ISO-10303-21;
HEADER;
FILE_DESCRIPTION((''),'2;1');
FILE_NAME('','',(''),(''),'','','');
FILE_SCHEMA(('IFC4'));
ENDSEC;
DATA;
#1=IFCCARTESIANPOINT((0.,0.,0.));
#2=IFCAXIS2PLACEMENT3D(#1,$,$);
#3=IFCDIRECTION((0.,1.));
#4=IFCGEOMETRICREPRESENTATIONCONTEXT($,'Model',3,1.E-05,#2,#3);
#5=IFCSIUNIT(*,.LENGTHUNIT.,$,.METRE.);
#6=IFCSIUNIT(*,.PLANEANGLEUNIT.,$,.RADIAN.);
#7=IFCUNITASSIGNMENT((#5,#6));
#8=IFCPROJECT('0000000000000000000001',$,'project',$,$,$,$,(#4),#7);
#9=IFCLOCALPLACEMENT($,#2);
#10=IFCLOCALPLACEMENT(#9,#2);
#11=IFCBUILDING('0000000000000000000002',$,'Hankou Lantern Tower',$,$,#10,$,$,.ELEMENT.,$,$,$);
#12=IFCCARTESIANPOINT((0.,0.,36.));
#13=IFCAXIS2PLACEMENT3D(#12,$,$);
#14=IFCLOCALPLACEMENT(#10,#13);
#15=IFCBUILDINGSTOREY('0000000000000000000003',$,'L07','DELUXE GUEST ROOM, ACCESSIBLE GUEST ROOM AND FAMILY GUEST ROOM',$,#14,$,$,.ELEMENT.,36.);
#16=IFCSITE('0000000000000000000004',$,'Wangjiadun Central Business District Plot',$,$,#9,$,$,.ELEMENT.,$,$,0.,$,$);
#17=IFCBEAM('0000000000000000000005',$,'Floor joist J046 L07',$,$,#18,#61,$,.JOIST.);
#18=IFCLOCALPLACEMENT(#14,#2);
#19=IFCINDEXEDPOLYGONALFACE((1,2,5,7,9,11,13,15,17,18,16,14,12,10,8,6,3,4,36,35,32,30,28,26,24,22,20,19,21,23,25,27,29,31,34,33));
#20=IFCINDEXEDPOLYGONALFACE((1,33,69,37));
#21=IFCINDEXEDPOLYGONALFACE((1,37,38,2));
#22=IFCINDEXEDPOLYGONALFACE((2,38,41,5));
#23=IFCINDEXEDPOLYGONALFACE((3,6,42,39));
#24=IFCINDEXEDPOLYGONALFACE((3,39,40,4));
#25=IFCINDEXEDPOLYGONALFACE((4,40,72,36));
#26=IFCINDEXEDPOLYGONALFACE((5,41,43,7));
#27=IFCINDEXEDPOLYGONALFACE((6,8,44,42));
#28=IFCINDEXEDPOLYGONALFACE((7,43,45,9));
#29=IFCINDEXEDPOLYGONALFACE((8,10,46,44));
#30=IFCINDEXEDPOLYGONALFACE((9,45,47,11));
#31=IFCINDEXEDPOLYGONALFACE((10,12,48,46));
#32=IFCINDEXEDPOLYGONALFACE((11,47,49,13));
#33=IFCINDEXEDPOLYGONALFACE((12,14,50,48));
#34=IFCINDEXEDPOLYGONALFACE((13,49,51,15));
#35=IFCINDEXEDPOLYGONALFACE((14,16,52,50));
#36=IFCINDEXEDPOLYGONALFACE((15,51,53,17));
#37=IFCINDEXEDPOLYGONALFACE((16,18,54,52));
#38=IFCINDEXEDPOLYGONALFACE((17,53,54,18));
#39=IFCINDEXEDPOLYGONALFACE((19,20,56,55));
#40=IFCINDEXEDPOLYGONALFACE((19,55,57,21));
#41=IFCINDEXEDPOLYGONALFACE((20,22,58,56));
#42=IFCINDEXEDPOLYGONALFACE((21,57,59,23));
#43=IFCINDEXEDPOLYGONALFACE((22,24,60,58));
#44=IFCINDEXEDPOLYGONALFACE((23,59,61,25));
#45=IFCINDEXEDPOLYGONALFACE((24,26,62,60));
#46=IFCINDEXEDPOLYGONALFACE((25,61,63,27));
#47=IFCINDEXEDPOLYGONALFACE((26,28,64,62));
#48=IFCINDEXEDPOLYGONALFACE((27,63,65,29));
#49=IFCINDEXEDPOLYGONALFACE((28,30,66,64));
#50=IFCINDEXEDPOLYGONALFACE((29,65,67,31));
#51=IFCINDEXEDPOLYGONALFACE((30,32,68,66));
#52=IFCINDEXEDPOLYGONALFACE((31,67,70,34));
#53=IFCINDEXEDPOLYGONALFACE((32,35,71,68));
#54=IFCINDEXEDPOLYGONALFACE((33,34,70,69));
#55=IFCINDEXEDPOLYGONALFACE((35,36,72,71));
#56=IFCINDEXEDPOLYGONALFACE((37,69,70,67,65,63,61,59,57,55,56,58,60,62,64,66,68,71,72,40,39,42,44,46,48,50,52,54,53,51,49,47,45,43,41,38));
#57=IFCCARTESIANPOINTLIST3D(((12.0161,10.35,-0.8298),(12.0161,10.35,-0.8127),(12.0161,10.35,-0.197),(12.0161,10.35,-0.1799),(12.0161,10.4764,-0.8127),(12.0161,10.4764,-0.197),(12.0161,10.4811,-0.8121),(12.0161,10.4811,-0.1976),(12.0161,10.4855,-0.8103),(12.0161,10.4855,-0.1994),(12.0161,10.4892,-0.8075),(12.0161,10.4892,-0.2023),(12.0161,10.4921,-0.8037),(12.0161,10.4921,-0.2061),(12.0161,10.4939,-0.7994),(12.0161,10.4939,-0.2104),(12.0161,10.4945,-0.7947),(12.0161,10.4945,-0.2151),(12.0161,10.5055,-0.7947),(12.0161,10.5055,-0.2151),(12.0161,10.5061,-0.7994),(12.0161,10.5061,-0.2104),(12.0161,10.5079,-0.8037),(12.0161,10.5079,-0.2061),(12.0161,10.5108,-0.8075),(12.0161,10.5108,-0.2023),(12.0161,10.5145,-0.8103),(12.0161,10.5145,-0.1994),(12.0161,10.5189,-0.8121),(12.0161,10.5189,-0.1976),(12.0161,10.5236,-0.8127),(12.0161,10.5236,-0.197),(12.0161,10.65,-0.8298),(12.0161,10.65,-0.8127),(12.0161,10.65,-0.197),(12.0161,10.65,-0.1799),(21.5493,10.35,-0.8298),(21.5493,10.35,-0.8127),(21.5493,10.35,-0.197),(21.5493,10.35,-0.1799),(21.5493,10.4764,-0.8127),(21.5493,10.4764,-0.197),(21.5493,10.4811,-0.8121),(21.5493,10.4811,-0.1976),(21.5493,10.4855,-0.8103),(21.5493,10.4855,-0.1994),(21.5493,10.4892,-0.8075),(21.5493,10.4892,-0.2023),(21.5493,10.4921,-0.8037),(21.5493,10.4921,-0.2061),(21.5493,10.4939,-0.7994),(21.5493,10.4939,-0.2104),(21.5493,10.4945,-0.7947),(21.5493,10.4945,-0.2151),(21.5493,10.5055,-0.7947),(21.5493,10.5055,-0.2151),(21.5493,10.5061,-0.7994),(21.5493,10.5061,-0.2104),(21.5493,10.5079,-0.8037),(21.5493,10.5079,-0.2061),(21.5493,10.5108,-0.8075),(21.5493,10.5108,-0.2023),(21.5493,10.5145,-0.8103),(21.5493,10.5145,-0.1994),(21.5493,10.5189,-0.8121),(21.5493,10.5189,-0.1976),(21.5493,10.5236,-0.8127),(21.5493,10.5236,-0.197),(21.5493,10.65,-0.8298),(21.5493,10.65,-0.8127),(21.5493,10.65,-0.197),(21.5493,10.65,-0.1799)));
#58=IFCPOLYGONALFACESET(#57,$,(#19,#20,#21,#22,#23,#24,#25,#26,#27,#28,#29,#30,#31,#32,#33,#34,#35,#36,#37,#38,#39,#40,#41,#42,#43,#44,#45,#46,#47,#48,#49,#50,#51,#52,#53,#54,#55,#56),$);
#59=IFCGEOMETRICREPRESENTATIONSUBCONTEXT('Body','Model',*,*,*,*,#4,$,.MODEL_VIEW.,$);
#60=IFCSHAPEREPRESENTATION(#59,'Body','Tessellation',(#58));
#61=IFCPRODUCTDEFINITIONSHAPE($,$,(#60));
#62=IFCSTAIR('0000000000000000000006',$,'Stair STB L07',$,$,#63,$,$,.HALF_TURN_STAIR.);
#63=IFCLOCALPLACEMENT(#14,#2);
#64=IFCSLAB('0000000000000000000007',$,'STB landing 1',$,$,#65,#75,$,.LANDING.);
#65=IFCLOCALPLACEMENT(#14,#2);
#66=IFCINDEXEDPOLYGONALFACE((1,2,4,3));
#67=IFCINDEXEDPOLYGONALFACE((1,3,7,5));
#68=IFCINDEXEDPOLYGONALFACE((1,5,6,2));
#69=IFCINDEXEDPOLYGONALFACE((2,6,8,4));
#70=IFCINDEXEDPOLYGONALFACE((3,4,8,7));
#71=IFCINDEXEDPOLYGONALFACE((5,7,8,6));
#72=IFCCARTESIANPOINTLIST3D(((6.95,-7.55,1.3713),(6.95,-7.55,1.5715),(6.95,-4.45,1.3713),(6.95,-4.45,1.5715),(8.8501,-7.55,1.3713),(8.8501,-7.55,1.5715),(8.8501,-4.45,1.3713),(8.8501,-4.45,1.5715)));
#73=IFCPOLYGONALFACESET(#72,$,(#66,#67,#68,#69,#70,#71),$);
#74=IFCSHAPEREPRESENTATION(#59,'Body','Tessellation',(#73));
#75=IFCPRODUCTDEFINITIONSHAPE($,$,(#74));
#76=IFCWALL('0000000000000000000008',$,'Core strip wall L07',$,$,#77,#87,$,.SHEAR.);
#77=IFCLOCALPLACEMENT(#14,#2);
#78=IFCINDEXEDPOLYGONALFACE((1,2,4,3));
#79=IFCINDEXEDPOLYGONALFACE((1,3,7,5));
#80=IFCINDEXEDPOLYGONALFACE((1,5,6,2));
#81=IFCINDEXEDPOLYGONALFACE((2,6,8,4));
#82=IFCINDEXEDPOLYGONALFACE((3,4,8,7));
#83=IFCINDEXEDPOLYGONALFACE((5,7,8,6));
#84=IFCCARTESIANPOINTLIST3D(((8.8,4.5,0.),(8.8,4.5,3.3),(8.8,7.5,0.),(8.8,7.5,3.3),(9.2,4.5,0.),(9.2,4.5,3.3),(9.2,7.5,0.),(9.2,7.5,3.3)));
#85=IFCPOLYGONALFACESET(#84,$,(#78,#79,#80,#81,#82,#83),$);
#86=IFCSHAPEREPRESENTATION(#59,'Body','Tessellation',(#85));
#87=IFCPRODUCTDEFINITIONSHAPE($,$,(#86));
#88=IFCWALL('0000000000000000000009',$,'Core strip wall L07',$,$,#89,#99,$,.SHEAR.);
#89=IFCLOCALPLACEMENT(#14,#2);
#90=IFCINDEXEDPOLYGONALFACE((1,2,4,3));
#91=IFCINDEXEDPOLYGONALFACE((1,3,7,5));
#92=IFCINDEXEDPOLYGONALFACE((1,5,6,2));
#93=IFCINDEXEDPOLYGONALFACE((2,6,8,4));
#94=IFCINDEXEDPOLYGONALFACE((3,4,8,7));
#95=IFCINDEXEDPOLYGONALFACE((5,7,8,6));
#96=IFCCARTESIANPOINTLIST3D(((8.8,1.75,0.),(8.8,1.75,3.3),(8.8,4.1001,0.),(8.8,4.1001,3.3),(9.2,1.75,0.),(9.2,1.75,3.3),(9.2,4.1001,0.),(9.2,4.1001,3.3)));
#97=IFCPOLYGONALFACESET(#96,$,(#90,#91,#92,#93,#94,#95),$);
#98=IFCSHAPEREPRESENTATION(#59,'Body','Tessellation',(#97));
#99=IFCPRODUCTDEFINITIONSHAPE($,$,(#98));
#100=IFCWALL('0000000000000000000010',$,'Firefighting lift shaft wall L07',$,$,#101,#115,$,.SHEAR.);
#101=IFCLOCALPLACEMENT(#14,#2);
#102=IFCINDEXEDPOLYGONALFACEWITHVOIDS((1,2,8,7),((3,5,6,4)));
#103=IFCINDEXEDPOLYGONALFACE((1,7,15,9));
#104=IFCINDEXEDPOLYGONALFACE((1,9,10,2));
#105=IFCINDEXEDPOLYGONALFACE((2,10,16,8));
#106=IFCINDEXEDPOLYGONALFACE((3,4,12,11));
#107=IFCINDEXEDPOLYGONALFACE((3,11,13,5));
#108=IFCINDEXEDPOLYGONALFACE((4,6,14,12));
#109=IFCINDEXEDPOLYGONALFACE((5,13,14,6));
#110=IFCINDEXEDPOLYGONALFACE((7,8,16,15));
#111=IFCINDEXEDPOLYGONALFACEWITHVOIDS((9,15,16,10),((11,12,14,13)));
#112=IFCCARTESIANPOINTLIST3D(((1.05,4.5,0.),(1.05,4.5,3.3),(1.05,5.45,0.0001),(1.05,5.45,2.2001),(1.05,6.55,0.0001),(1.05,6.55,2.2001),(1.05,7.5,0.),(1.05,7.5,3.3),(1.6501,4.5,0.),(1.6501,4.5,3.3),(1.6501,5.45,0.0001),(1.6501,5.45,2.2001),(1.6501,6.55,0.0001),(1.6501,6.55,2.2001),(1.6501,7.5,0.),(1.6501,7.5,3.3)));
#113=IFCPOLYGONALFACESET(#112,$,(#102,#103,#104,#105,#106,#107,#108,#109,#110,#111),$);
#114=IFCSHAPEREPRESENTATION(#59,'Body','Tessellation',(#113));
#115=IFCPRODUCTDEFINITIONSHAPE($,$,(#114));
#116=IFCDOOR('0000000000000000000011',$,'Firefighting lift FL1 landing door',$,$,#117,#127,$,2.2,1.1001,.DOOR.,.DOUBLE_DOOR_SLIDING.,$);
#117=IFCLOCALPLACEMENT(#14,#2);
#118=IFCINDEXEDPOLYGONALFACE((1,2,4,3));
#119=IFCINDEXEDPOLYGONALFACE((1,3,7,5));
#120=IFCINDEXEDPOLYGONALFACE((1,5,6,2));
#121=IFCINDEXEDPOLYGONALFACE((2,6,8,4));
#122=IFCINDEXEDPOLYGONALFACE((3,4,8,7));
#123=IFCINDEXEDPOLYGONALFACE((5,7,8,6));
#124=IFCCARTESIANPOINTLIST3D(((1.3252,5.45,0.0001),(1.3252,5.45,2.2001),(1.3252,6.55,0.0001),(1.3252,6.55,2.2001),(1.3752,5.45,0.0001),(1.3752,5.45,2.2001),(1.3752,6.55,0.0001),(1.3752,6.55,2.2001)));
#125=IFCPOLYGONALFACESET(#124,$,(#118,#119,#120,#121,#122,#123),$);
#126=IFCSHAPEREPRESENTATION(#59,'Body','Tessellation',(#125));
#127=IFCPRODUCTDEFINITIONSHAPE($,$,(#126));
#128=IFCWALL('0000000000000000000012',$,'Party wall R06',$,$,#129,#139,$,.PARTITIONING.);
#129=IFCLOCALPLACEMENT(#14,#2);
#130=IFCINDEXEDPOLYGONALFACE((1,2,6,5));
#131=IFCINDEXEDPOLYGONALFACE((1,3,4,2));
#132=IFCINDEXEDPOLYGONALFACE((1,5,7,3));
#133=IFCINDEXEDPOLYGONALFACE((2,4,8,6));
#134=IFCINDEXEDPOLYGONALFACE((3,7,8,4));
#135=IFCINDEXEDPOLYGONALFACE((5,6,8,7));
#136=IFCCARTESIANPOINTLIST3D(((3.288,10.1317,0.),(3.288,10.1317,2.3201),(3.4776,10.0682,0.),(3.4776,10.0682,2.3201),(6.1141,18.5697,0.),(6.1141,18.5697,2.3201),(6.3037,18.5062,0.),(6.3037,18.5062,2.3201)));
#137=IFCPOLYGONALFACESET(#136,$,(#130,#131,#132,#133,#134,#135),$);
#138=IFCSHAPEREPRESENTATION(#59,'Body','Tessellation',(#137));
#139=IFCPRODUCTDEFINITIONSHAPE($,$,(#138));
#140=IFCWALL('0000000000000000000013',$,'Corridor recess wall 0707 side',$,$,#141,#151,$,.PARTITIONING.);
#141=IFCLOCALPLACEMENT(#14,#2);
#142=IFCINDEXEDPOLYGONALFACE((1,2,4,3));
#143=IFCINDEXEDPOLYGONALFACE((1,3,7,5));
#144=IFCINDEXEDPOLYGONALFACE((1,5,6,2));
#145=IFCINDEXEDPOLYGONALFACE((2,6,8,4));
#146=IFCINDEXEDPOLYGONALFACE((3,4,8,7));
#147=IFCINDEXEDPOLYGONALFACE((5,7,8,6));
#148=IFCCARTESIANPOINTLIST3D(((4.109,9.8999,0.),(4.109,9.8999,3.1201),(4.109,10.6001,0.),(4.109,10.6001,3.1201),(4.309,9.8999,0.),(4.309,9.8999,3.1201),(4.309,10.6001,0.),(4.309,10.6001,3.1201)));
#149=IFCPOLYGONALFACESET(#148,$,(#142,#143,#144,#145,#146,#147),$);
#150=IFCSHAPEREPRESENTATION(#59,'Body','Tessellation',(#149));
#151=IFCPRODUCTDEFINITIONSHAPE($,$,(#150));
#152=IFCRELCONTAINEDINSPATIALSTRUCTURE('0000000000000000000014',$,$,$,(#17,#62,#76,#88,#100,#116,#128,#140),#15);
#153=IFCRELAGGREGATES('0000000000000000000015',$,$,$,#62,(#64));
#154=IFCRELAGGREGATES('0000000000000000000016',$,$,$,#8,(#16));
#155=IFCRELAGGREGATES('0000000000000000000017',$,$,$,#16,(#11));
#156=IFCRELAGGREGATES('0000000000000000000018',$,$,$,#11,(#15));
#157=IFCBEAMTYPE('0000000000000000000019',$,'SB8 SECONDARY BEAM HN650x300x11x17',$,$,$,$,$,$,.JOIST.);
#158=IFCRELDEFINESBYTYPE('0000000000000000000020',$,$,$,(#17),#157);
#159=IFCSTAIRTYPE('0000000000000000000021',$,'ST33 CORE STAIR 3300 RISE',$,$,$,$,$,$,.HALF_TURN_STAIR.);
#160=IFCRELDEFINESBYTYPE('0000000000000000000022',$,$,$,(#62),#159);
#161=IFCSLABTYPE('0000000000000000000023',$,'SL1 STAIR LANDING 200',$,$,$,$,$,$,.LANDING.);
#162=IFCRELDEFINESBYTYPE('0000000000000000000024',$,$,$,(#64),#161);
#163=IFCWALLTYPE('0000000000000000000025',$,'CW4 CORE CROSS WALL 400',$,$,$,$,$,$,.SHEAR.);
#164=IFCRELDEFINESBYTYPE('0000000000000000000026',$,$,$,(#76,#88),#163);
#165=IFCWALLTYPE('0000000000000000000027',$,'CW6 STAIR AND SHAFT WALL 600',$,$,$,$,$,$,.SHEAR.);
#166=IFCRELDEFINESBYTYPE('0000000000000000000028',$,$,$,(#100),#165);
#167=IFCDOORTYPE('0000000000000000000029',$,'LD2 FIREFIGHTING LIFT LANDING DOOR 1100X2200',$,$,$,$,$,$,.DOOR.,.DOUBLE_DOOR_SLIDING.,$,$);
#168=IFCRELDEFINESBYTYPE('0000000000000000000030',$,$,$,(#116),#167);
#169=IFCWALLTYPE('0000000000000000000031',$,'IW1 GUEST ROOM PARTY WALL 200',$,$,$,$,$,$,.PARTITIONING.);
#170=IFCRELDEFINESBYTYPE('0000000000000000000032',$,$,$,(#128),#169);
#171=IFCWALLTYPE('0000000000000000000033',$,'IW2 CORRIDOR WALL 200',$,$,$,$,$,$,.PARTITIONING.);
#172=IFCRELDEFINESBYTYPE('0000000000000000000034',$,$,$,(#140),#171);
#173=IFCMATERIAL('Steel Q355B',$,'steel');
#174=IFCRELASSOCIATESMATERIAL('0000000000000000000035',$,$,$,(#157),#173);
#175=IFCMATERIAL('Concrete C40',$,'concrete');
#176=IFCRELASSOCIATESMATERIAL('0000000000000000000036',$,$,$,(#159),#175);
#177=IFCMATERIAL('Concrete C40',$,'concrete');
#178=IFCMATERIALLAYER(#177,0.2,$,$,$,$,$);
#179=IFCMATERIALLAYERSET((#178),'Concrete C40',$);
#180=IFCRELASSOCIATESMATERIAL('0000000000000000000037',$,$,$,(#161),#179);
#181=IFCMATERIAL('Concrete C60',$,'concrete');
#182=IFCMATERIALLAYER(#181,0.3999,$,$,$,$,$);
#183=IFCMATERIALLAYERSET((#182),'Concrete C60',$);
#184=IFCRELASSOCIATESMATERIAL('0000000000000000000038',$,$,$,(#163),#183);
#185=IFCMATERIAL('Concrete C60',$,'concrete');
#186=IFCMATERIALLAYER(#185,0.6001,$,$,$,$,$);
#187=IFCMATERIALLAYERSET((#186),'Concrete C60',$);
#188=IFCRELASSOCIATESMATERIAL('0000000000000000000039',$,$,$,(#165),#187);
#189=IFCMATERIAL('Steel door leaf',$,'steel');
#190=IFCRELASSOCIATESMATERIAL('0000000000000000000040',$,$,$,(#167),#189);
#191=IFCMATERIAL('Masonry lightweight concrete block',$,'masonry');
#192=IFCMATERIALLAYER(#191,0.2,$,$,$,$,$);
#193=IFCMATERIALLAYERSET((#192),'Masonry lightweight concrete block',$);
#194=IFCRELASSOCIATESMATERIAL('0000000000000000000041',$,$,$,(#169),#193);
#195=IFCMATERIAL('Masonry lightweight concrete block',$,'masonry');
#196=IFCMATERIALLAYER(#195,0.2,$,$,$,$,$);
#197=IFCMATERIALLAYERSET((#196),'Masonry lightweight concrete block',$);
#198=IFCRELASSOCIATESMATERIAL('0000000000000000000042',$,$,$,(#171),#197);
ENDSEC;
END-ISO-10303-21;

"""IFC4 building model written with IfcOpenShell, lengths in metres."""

from ifc_helpers import new_model, si_unit, direction, frame, frame_2d, origin, origin_2d, place, context, subcontext, project, spatial, polyline, rectangle, i_section, outline, extrude, material, layer, layer_set, material_profile, profile_set, type_object, element, fill, aggregate, save


model = new_model("IFC4")

# Units and contexts
model_context = context("Model", 3, precision=1e-05, world=origin(), true_north=direction((0.0, 1.0)))
body_context = subcontext(model_context, "Body", "Model", "MODEL_VIEW")
ifc_project = project(units=[si_unit("LENGTHUNIT", "METRE"), si_unit("PLANEANGLEUNIT", "RADIAN")], contexts=[model_context])

# Site, building, storey
site_placement = place(None, origin())
site = spatial("IfcSite", under=ifc_project, at=site_placement, Name="Wangjiadun Central Business District Plot", CompositionType="ELEMENT", RefElevation=0.0)
building_placement = place(site_placement, origin())
building = spatial("IfcBuilding", under=site, at=building_placement, Name="Hankou Lantern Tower", CompositionType="ELEMENT")
storey_placement = place(building_placement, frame((0.0, 0.0, 36.0)))
storey = spatial("IfcBuildingStorey", under=building, at=storey_placement, Name="L07", Description="DELUXE GUEST ROOM, ACCESSIBLE GUEST ROOM AND FAMILY GUEST ROOM", CompositionType="ELEMENT", Elevation=36.0)

# Beam
ifc_material_1 = material(Name="Steel Q355B", Category="steel")
ifc_material_profile_1 = material_profile(ifc_material_1, i_section(OverallWidth=0.3, OverallDepth=0.6499, WebThickness=0.011, FlangeThickness=0.0171, FilletRadius=0.0181, at=origin_2d()), Name="HN650x300x11x17")
ifc_profile_set_1 = profile_set([ifc_material_profile_1], Name="Steel Q355B")
beam_type_1 = type_object("IfcBeamType", Name="SB8 SECONDARY BEAM HN650x300x11x17", PredefinedType="JOIST", material=ifc_profile_set_1)
beam_1_placement = place(storey_placement, frame((12.0161, 10.5, -0.5049), z_axis=(1.0, 0.0, 0.0), x_axis=(0.0, 1.0, 0.0)))
element("IfcBeam", 1, at=beam_1_placement, inside=storey, type_object=beam_type_1, Name="Floor joist J046 L07", PredefinedType="JOIST", context=body_context, shape_type="SweptSolid", body=[
    extrude(i_section(OverallWidth=0.3, OverallDepth=0.6499, WebThickness=0.011, FlangeThickness=0.0171, FilletRadius=0.0181, at=origin_2d()), origin(), (0.0, 0.0, 1.0), 9.5332),
])

# Stair, slab
ifc_material_2 = material(Name="Concrete C40", Category="concrete")
stair_type = type_object("IfcStairType", Name="ST33 CORE STAIR 3300 RISE", PredefinedType="HALF_TURN_STAIR", material=ifc_material_2)
stair_placement = place(storey_placement, origin())
stair = element("IfcStair", 2, at=stair_placement, inside=storey, type_object=stair_type, Name="Stair STB L07", PredefinedType="HALF_TURN_STAIR")
ifc_material_3 = material(Name="Concrete C40", Category="concrete")
ifc_layer_1 = layer(ifc_material_3, 0.2)
ifc_layer_set_1 = layer_set([ifc_layer_1], Name="Concrete C40")
slab_type = type_object("IfcSlabType", Name="SL1 STAIR LANDING 200", PredefinedType="LANDING", material=ifc_layer_set_1)
slab_placement = place(storey_placement, frame((0.0, 0.0, 1.3713)))
slab = element("IfcSlab", 3, at=slab_placement, type_object=slab_type, Name="STB landing 1", PredefinedType="LANDING", context=body_context, shape_type="SweptSolid", body=[
    extrude(outline(polyline([(8.8501, -4.45), (6.95, -4.45), (6.95, -7.55), (8.8501, -7.55), (8.8501, -4.45)])), origin(), (0.0, 0.0, 1.0), 0.2002),
])
aggregate(stair, [slab])

# Walls
ifc_material_4 = material(Name="Concrete C60", Category="concrete")
ifc_layer_2 = layer(ifc_material_4, 0.3999)
ifc_layer_set_2 = layer_set([ifc_layer_2], Name="Concrete C60")
wall_type_1 = type_object("IfcWallType", Name="CW4 CORE CROSS WALL 400", PredefinedType="SHEAR", material=ifc_layer_set_2)
wall_1_placement = place(storey_placement, frame((9.0, 4.5, 0.0), z_axis=(0.0, 0.0, 1.0), x_axis=(0.0, 1.0, 0.0)))
element("IfcWall", 4, at=wall_1_placement, inside=storey, type_object=wall_type_1, Name="Core strip wall L07", PredefinedType="SHEAR", context=body_context, shape_type="SweptSolid", body=[
    extrude(rectangle(XDim=3.0, YDim=0.3999, at=frame_2d((1.5, 0.0))), origin(), (0.0, 0.0, 1.0), 3.3),
])
wall_2_placement = place(storey_placement, frame((9.0, 1.75, 0.0), z_axis=(0.0, 0.0, 1.0), x_axis=(0.0, 1.0, 0.0)))
element("IfcWall", 5, at=wall_2_placement, inside=storey, type_object=wall_type_1, Name="Core strip wall L07", PredefinedType="SHEAR", context=body_context, shape_type="SweptSolid", body=[
    extrude(rectangle(XDim=2.3501, YDim=0.3999, at=frame_2d((1.175, 0.0))), origin(), (0.0, 0.0, 1.0), 3.3),
])

# Wall, opening, door
ifc_material_5 = material(Name="Concrete C60", Category="concrete")
ifc_layer_3 = layer(ifc_material_5, 0.6001)
ifc_layer_set_3 = layer_set([ifc_layer_3], Name="Concrete C60")
wall_type_2 = type_object("IfcWallType", Name="CW6 STAIR AND SHAFT WALL 600", PredefinedType="SHEAR", material=ifc_layer_set_3)
wall_3_placement = place(storey_placement, frame((1.3501, 4.5, 0.0), z_axis=(0.0, 0.0, 1.0), x_axis=(0.0, 1.0, 0.0)))
wall_3 = element("IfcWall", 6, at=wall_3_placement, inside=storey, type_object=wall_type_2, Name="Firefighting lift shaft wall L07", PredefinedType="SHEAR", context=body_context, shape_type="SweptSolid", body=[
    extrude(rectangle(XDim=3.0, YDim=0.6001, at=frame_2d((1.5, 0.0))), origin(), (0.0, 0.0, 1.0), 3.3),
])
opening_1_placement = place(wall_3_placement, frame((0.95, 0.0, 0.0)))
opening_1 = element("IfcOpeningElement", 7, at=opening_1_placement, cuts=wall_3, PredefinedType="OPENING", context=body_context, shape_type="SweptSolid", body=[
    extrude(rectangle(XDim=1.1001, YDim=2.2, at=frame_2d((0.55, 1.1001))), frame((0.0, 0.3101, 0.0), z_axis=(0.0, -1.0, 0.0), x_axis=(1.0, 0.0, 0.0)), (0.0, 0.0, 1.0), 0.6201),
])
ifc_material_6 = material(Name="Steel door leaf", Category="steel")
door_type_1 = type_object("IfcDoorType", Name="LD2 FIREFIGHTING LIFT LANDING DOOR 1100X2200", OperationType="DOUBLE_DOOR_SLIDING", PredefinedType="DOOR", material=ifc_material_6)
door_1_placement = place(opening_1_placement, origin())
door_1 = element("IfcDoor", 8, at=door_1_placement, inside=storey, type_object=door_type_1, Name="Firefighting lift FL1 landing door", OperationType="DOUBLE_DOOR_SLIDING", OverallHeight=2.2, OverallWidth=1.1001, PredefinedType="DOOR", context=body_context, shape_type="SweptSolid", body=[
    extrude(rectangle(XDim=1.1001, YDim=2.2, at=frame_2d((0.55, 1.1001))), frame((0.0, 0.0249, 0.0), z_axis=(0.0, -1.0, 0.0), x_axis=(1.0, 0.0, 0.0)), (0.0, 0.0, 1.0), 0.05),
])
fill(opening_1, door_1)

# Walls
ifc_material_7 = material(Name="Masonry lightweight concrete block", Category="masonry")
ifc_layer_4 = layer(ifc_material_7, 0.2)
ifc_layer_set_4 = layer_set([ifc_layer_4], Name="Masonry lightweight concrete block")
wall_type_3 = type_object("IfcWallType", Name="IW1 GUEST ROOM PARTY WALL 200", PredefinedType="PARTITIONING", material=ifc_layer_set_4)
wall_4_placement = place(storey_placement, frame((3.3828, 10.1001, 0.0), z_axis=(0.0, 0.0, 1.0), x_axis=(0.317594, 0.948227, 0.0)))
element("IfcWall", 9, at=wall_4_placement, inside=storey, type_object=wall_type_3, Name="Party wall R06", PredefinedType="PARTITIONING", context=body_context, shape_type="SweptSolid", body=[
    extrude(rectangle(XDim=8.8987, YDim=0.2, at=frame_2d((4.4492, 0.0))), origin(), (0.0, 0.0, 1.0), 2.3201),
])
ifc_material_8 = material(Name="Masonry lightweight concrete block", Category="masonry")
ifc_layer_5 = layer(ifc_material_8, 0.2)
ifc_layer_set_5 = layer_set([ifc_layer_5], Name="Masonry lightweight concrete block")
wall_type_4 = type_object("IfcWallType", Name="IW2 CORRIDOR WALL 200", PredefinedType="PARTITIONING", material=ifc_layer_set_5)
wall_5_placement = place(storey_placement, frame((4.209, 9.8999, 0.0), z_axis=(0.0, 0.0, 1.0), x_axis=(0.0, 1.0, 0.0)))
element("IfcWall", 10, at=wall_5_placement, inside=storey, type_object=wall_type_4, Name="Corridor recess wall 0707 side", PredefinedType="PARTITIONING", context=body_context, shape_type="SweptSolid", body=[
    extrude(rectangle(XDim=0.7002, YDim=0.2, at=frame_2d((0.3501, 0.0))), origin(), (0.0, 0.0, 1.0), 3.1201),
])

save(model, "model.ifc")
